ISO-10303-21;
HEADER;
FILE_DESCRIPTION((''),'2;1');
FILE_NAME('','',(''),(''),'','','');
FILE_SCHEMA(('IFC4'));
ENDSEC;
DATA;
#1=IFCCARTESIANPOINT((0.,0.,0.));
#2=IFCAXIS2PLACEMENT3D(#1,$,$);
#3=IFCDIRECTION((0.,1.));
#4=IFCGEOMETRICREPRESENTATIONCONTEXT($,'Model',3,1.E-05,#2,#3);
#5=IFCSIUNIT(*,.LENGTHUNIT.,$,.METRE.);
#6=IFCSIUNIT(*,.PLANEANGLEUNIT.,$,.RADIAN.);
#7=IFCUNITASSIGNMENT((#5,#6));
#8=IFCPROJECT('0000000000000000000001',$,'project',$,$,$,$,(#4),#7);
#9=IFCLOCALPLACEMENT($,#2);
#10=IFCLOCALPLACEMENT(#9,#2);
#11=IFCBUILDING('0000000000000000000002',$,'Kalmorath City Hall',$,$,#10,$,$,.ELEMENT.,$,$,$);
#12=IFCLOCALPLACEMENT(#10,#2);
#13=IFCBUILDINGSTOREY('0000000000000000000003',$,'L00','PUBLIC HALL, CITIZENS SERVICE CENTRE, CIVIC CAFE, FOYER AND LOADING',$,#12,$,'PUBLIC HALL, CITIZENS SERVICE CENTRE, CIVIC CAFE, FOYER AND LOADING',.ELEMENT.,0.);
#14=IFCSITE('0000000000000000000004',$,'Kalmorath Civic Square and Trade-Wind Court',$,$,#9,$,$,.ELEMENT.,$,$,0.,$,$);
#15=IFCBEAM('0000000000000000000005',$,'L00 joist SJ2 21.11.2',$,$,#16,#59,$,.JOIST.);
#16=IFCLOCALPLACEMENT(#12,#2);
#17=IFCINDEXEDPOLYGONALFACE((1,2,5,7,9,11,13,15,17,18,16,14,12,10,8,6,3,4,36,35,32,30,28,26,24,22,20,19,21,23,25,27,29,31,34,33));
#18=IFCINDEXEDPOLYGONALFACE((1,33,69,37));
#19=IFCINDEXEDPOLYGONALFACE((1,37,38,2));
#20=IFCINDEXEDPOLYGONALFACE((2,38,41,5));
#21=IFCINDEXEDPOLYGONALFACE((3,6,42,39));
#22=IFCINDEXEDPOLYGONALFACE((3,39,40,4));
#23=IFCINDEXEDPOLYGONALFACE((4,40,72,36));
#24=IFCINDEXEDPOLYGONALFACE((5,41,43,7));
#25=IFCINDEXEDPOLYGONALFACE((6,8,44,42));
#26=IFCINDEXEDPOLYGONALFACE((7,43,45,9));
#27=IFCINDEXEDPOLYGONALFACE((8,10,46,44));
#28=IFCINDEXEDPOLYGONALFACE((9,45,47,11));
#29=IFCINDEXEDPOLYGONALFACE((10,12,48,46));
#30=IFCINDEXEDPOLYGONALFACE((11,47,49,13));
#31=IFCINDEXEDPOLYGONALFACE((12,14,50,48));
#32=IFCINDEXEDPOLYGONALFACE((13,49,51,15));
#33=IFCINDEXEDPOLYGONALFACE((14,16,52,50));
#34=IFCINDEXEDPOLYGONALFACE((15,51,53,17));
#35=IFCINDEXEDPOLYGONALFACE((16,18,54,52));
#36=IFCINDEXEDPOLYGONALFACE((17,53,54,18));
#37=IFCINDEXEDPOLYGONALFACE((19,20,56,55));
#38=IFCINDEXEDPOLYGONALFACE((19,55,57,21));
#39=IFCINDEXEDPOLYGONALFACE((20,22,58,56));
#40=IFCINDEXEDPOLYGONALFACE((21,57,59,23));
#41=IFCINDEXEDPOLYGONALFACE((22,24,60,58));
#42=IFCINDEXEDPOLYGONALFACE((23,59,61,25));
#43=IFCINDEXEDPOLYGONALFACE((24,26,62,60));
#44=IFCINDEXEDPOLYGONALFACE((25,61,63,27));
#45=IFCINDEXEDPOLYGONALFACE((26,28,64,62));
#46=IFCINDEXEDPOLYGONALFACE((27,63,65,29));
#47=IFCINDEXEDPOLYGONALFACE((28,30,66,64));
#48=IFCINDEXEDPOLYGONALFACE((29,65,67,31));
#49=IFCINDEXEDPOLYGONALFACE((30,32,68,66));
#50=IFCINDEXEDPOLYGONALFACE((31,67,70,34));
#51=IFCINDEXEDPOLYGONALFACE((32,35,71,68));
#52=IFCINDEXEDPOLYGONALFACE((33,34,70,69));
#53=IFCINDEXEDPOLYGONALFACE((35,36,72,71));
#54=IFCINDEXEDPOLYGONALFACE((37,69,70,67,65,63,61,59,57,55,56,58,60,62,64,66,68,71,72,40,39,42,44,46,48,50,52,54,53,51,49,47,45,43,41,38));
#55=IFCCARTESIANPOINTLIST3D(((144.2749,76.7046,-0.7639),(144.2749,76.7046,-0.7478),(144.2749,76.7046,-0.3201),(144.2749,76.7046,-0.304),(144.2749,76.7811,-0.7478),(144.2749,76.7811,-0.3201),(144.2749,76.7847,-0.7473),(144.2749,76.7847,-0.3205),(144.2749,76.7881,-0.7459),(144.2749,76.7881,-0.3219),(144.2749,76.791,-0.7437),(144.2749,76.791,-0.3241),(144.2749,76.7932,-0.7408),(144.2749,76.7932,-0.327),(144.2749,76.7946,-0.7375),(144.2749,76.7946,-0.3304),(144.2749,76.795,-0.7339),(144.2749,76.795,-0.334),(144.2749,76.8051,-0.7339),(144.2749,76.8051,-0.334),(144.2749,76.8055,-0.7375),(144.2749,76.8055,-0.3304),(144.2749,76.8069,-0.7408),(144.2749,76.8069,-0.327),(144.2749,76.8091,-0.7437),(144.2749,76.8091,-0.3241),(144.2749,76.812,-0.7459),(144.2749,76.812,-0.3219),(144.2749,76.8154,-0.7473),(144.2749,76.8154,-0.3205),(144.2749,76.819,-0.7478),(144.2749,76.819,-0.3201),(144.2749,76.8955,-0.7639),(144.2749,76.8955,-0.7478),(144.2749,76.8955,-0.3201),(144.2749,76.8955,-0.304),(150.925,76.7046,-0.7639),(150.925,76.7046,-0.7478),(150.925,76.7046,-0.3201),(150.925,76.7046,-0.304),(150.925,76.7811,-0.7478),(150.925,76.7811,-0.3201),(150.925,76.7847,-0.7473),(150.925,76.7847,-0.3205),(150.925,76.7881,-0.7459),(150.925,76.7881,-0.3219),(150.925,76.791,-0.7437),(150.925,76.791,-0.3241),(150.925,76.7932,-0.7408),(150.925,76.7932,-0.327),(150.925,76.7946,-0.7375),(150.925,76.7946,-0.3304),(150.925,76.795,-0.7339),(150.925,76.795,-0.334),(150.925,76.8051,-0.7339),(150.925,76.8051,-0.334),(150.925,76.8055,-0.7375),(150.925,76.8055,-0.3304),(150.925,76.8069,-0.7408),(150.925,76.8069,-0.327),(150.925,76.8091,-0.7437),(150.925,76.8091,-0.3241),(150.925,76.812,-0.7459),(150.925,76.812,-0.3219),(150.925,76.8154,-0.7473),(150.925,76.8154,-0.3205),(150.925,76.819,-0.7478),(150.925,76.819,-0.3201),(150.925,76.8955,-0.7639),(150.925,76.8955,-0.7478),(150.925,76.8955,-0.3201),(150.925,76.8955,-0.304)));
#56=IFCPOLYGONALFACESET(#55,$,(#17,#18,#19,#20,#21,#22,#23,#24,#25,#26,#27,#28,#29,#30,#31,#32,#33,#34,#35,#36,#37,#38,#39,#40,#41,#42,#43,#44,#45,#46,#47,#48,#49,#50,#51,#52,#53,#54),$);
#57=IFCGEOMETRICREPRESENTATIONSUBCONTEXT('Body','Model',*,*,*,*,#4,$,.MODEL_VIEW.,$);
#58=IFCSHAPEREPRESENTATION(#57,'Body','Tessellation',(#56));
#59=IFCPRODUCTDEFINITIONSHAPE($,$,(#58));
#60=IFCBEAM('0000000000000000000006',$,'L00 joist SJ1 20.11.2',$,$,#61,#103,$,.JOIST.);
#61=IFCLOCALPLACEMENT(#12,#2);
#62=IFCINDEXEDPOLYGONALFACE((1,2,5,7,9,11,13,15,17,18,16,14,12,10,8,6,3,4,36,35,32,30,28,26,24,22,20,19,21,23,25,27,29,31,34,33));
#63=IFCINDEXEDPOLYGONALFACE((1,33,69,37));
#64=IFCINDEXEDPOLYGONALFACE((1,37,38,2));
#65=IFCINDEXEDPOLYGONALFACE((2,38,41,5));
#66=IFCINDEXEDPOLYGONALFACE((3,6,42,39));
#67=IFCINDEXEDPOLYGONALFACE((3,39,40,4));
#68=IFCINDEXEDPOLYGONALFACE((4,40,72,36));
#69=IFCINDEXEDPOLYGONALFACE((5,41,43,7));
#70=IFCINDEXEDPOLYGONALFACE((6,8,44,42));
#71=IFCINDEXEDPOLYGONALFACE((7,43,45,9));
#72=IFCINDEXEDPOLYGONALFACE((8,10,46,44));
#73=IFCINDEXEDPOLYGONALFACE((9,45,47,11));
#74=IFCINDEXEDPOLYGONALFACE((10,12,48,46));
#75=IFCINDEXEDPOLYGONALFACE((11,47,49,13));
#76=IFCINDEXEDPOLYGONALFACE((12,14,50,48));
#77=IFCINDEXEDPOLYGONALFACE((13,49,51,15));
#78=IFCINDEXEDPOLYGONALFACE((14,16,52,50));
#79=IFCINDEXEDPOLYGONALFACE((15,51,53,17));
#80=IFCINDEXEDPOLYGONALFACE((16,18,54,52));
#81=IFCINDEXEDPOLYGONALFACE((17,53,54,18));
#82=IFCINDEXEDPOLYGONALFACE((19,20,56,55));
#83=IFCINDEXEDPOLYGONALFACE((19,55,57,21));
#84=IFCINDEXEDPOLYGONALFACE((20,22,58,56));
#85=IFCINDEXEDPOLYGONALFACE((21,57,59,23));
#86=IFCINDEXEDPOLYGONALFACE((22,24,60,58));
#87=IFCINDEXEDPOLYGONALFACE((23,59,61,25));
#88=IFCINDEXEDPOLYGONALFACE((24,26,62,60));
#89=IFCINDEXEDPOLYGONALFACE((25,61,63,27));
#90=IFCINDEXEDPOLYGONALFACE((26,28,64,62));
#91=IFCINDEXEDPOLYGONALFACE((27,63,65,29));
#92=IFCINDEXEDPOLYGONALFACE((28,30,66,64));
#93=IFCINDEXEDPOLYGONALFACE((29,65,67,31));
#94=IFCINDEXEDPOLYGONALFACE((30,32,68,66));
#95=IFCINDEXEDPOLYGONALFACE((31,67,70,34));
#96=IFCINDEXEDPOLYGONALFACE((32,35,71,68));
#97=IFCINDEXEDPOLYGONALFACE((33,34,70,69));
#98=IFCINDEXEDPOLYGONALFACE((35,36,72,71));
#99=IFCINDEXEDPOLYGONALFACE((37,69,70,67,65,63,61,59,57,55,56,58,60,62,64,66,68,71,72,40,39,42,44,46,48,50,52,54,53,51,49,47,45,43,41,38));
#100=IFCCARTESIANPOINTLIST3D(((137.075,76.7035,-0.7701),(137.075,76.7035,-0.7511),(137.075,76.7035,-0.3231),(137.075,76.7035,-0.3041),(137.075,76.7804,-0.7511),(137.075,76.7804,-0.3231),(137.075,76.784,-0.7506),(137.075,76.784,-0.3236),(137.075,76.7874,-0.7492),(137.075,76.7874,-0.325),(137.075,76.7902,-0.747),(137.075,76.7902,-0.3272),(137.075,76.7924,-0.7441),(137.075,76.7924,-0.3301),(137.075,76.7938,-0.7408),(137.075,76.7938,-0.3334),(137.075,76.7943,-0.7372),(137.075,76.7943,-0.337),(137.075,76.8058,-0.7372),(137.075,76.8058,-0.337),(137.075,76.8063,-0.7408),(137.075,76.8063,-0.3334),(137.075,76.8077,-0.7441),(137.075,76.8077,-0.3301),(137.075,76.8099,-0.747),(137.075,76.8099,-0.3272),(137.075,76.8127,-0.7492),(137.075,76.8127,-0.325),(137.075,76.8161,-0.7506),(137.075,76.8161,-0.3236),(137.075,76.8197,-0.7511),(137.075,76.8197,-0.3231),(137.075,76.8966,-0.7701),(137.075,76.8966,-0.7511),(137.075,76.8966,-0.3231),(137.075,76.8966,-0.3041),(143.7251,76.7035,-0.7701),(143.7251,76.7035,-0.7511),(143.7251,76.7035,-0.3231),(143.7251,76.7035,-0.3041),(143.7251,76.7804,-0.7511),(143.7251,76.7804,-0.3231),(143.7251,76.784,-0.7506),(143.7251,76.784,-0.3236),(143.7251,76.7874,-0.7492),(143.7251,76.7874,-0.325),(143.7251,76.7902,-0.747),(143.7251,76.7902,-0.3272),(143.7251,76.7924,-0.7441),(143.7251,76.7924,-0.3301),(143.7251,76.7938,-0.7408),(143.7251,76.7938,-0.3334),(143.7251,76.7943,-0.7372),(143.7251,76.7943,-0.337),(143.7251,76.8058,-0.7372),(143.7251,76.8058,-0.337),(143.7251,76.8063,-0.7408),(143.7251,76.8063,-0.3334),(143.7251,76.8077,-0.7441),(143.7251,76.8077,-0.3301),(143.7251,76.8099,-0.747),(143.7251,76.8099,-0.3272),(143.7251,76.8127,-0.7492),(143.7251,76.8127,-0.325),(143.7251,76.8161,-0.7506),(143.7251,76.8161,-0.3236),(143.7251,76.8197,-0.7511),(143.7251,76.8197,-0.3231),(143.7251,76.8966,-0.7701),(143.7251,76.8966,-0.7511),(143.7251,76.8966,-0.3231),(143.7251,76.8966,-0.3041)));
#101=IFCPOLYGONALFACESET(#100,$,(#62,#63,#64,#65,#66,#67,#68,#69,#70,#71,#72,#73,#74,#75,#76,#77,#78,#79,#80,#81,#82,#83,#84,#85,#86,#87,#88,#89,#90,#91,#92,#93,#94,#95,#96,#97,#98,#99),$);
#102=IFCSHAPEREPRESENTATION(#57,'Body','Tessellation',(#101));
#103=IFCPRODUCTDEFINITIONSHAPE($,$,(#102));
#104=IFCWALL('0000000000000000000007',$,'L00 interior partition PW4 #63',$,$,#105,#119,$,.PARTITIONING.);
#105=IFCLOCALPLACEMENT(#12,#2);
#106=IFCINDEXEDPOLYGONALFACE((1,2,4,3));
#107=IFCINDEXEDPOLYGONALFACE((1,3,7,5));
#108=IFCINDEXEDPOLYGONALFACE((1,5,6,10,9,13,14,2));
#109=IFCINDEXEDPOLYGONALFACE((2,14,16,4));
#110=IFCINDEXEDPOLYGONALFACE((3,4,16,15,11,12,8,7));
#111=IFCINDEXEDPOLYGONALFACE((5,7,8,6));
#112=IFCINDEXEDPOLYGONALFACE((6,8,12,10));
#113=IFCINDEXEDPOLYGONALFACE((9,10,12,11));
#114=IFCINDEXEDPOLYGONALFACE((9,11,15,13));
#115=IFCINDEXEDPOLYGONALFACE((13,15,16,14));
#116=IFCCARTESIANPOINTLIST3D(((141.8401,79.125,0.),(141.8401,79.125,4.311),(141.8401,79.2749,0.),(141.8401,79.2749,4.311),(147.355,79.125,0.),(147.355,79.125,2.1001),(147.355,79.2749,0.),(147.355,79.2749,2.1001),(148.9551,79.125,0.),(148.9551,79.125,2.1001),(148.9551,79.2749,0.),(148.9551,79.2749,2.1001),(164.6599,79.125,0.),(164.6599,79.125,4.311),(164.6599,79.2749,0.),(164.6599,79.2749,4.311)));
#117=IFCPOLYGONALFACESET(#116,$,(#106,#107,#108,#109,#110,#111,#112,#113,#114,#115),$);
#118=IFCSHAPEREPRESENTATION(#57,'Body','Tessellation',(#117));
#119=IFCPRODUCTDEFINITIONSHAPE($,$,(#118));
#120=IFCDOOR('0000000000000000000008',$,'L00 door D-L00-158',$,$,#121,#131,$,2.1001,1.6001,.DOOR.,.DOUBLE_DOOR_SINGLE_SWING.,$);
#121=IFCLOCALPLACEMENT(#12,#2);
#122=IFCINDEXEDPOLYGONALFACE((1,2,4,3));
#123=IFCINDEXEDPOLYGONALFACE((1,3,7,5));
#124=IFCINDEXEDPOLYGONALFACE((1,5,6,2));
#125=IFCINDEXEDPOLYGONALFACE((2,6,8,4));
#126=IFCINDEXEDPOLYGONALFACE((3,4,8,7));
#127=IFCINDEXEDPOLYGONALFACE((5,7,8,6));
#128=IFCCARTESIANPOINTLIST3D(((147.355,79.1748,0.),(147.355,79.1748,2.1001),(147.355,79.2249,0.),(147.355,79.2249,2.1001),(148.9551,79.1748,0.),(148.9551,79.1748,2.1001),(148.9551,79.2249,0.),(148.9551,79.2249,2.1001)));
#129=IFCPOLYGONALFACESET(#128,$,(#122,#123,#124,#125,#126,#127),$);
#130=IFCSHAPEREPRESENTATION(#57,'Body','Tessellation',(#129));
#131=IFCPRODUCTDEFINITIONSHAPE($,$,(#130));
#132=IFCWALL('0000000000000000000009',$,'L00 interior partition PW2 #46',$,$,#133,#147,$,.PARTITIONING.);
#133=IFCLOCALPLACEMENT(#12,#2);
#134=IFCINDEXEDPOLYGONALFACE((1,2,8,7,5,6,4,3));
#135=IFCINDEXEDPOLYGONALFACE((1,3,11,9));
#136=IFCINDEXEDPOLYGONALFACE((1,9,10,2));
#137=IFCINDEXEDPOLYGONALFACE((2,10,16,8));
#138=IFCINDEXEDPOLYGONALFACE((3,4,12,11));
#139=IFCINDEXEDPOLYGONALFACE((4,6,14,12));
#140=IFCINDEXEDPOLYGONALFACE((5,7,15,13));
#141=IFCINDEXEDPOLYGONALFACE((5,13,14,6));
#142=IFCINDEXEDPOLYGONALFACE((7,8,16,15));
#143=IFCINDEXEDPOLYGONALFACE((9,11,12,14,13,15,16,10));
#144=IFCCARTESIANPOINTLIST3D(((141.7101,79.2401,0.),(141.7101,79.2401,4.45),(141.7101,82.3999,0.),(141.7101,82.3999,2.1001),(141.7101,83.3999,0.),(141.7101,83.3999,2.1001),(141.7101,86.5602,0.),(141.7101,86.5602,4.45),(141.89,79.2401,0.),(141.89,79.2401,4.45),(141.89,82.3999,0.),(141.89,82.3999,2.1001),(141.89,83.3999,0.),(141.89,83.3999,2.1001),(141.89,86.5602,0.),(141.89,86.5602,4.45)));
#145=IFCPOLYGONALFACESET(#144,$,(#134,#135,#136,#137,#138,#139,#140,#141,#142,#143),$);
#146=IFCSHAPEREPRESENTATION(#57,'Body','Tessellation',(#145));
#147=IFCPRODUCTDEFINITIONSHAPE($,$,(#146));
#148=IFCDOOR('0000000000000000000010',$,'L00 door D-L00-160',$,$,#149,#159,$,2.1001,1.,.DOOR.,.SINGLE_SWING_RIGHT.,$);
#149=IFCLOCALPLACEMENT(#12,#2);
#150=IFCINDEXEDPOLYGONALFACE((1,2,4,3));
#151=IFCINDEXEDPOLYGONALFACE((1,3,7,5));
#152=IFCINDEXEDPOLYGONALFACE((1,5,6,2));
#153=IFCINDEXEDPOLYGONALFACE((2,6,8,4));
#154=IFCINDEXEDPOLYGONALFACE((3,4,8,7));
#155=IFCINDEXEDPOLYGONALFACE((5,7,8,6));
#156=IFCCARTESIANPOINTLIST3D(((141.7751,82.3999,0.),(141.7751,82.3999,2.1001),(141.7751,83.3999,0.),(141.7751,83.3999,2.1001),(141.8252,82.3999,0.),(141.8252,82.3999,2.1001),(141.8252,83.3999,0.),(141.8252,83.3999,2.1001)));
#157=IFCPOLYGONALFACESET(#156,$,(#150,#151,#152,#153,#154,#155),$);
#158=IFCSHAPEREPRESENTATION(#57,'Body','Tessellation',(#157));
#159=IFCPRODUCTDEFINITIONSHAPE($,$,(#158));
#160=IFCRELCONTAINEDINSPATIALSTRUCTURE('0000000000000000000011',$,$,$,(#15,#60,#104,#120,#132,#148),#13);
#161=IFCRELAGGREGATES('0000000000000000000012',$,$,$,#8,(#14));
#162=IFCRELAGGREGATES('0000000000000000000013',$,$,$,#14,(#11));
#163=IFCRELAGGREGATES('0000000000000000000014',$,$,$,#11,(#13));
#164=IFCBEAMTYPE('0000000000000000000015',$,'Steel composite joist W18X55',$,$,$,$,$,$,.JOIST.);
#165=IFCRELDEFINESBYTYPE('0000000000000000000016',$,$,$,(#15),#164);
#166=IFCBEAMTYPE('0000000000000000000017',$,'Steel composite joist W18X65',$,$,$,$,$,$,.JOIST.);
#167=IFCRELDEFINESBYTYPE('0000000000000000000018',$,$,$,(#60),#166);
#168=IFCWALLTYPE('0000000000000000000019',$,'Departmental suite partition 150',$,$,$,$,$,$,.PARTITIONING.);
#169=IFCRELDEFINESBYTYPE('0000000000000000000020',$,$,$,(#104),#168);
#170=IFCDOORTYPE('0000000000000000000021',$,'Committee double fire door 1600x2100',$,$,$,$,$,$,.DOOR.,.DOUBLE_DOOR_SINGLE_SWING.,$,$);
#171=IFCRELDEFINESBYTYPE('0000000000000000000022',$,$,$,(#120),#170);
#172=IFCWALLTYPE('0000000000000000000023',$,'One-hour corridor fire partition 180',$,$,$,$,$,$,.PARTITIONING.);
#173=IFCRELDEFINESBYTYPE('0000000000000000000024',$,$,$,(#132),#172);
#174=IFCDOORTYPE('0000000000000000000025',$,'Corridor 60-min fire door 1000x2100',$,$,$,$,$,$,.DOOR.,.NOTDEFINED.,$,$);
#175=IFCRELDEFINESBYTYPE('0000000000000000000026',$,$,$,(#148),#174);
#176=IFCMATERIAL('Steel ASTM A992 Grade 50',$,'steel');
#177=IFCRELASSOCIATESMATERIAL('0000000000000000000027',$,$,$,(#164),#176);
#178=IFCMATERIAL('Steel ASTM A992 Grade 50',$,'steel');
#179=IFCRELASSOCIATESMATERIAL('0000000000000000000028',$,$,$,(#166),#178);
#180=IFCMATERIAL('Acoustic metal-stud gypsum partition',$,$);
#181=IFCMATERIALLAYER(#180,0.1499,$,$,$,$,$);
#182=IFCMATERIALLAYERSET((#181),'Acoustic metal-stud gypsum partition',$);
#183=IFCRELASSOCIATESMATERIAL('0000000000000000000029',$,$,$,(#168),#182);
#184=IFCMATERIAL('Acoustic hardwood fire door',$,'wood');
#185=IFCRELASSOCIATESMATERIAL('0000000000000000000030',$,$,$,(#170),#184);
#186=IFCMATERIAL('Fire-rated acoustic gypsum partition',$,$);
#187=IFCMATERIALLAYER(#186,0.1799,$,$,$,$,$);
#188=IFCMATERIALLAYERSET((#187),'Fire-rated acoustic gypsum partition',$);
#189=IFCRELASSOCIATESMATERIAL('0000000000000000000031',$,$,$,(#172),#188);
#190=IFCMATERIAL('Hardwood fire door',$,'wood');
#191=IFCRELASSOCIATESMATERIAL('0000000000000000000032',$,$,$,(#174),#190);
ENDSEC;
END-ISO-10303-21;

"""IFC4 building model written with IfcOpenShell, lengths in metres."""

from ifc_helpers import new_model, si_unit, direction, frame, frame_2d, origin, origin_2d, place, context, subcontext, project, spatial, rectangle, i_section, extrude, material, layer, layer_set, material_profile, profile_set, type_object, element, fill, save


model = new_model("IFC4")

# Units and contexts
model_context = context("Model", 3, precision=1e-05, world=origin(), true_north=direction((0.0, 1.0)))
body_context = subcontext(model_context, "Body", "Model", "MODEL_VIEW")
ifc_project = project(units=[si_unit("LENGTHUNIT", "METRE"), si_unit("PLANEANGLEUNIT", "RADIAN")], contexts=[model_context])

# Site, building, storey
site_placement = place(None, origin())
site = spatial("IfcSite", under=ifc_project, at=site_placement, Name="Kalmorath Civic Square and Trade-Wind Court", CompositionType="ELEMENT", RefElevation=0.0)
building_placement = place(site_placement, origin())
building = spatial("IfcBuilding", under=site, at=building_placement, Name="Kalmorath City Hall", CompositionType="ELEMENT")
storey_placement = place(building_placement, origin())
storey = spatial("IfcBuildingStorey", under=building, at=storey_placement, Name="L00", Description="PUBLIC HALL, CITIZENS SERVICE CENTRE, CIVIC CAFE, FOYER AND LOADING", LongName="PUBLIC HALL, CITIZENS SERVICE CENTRE, CIVIC CAFE, FOYER AND LOADING", CompositionType="ELEMENT", Elevation=0.0)

# Beams
ifc_material_1 = material(Name="Steel ASTM A992 Grade 50", Category="steel")
ifc_material_profile_1 = material_profile(ifc_material_1, i_section(OverallWidth=0.1909, OverallDepth=0.46, WebThickness=0.01, FlangeThickness=0.0161, FilletRadius=0.0139, at=origin_2d()), Name="W18X55")
ifc_profile_set_1 = profile_set([ifc_material_profile_1], Name="Steel ASTM A992 Grade 50")
beam_type_1 = type_object("IfcBeamType", Name="Steel composite joist W18X55", PredefinedType="JOIST", material=ifc_profile_set_1)
for number, where, z_axis, x_axis, name in (
    (1, (144.2749, 76.8, -0.5339), (1.0, 0.0, 0.0), (0.0, 1.0, 0.0), "L00 joist SJ2 21.11.2"),
):
    element("IfcBeam", number, at=place(storey_placement, frame(where, z_axis=z_axis, x_axis=x_axis)), inside=storey, type_object=beam_type_1, Name=name, PredefinedType="JOIST", context=body_context, shape_type="SweptSolid", body=[
        extrude(i_section(OverallWidth=0.1909, OverallDepth=0.46, WebThickness=0.01, FlangeThickness=0.0161, FilletRadius=0.0139, at=origin_2d()), origin(), (0.0, 0.0, 1.0), 6.6501),
    ])
ifc_material_2 = material(Name="Steel ASTM A992 Grade 50", Category="steel")
ifc_material_profile_2 = material_profile(ifc_material_2, i_section(OverallWidth=0.1931, OverallDepth=0.4661, WebThickness=0.0115, FlangeThickness=0.019, FilletRadius=0.0139, at=origin_2d()), Name="W18X65")
ifc_profile_set_2 = profile_set([ifc_material_profile_2], Name="Steel ASTM A992 Grade 50")
beam_type_2 = type_object("IfcBeamType", Name="Steel composite joist W18X65", PredefinedType="JOIST", material=ifc_profile_set_2)
beam_1_placement = place(storey_placement, frame((137.075, 76.8, -0.5371), z_axis=(1.0, 0.0, 0.0), x_axis=(0.0, 1.0, 0.0)))
element("IfcBeam", 2, at=beam_1_placement, inside=storey, type_object=beam_type_2, Name="L00 joist SJ1 20.11.2", PredefinedType="JOIST", context=body_context, shape_type="SweptSolid", body=[
    extrude(i_section(OverallWidth=0.1931, OverallDepth=0.4661, WebThickness=0.0115, FlangeThickness=0.019, FilletRadius=0.0139, at=origin_2d()), origin(), (0.0, 0.0, 1.0), 6.6501),
])

# Walls, openings, doors
ifc_material_3 = material(Name="Acoustic metal-stud gypsum partition")
ifc_layer_1 = layer(ifc_material_3, 0.1499)
ifc_layer_set_1 = layer_set([ifc_layer_1], Name="Acoustic metal-stud gypsum partition")
wall_type_1 = type_object("IfcWallType", Name="Departmental suite partition 150", PredefinedType="PARTITIONING", material=ifc_layer_set_1)
wall_1_placement = place(storey_placement, frame((141.8401, 79.2, 0.0), z_axis=(0.0, 0.0, 1.0), x_axis=(1.0, 0.0, 0.0)))
wall_1 = element("IfcWall", 3, at=wall_1_placement, inside=storey, type_object=wall_type_1, Name="L00 interior partition PW4 #63", PredefinedType="PARTITIONING", context=body_context, shape_type="SweptSolid", body=[
    extrude(rectangle(XDim=22.8198, YDim=0.1499, at=frame_2d((11.4099, 0.0))), origin(), (0.0, 0.0, 1.0), 4.311),
])
opening_1_placement = place(wall_1_placement, frame((5.5149, 0.0, 0.0)))
opening_1 = element("IfcOpeningElement", 4, at=opening_1_placement, cuts=wall_1, PredefinedType="OPENING", context=body_context, shape_type="SweptSolid", body=[
    extrude(rectangle(XDim=1.6001, YDim=2.1001, at=frame_2d((0.8, 1.05))), frame((0.0, 0.085, 0.0), z_axis=(0.0, -1.0, 0.0), x_axis=(1.0, 0.0, 0.0)), (0.0, 0.0, 1.0), 0.1699),
])
ifc_material_4 = material(Name="Acoustic hardwood fire door", Category="wood")
door_type_1 = type_object("IfcDoorType", Name="Committee double fire door 1600x2100", OperationType="DOUBLE_DOOR_SINGLE_SWING", PredefinedType="DOOR", material=ifc_material_4)
door_1_placement = place(opening_1_placement, origin())
door_1 = element("IfcDoor", 5, at=door_1_placement, inside=storey, type_object=door_type_1, Name="L00 door D-L00-158", OperationType="DOUBLE_DOOR_SINGLE_SWING", OverallHeight=2.1001, OverallWidth=1.6001, PredefinedType="DOOR", context=body_context, shape_type="SweptSolid", body=[
    extrude(rectangle(XDim=1.6001, YDim=2.1001, at=frame_2d((0.8, 1.05))), frame((0.0, 0.0249, 0.0), z_axis=(0.0, -1.0, 0.0), x_axis=(1.0, 0.0, 0.0)), (0.0, 0.0, 1.0), 0.05),
])
fill(opening_1, door_1)
ifc_material_5 = material(Name="Fire-rated acoustic gypsum partition")
ifc_layer_2 = layer(ifc_material_5, 0.1799)
ifc_layer_set_2 = layer_set([ifc_layer_2], Name="Fire-rated acoustic gypsum partition")
wall_type_2 = type_object("IfcWallType", Name="One-hour corridor fire partition 180", PredefinedType="PARTITIONING", material=ifc_layer_set_2)
wall_2_placement = place(storey_placement, frame((141.8, 79.24, 0.0), z_axis=(0.0, 0.0, 1.0), x_axis=(0.0, 1.0, 0.0)))
wall_2 = element("IfcWall", 6, at=wall_2_placement, inside=storey, type_object=wall_type_2, Name="L00 interior partition PW2 #46", PredefinedType="PARTITIONING", context=body_context, shape_type="SweptSolid", body=[
    extrude(rectangle(XDim=7.3201, YDim=0.1799, at=frame_2d((3.6602, 0.0))), origin(), (0.0, 0.0, 1.0), 4.45),
])
opening_2_placement = place(wall_2_placement, frame((3.1599, 0.0, 0.0)))
opening_2 = element("IfcOpeningElement", 7, at=opening_2_placement, cuts=wall_2, PredefinedType="OPENING", context=body_context, shape_type="SweptSolid", body=[
    extrude(rectangle(XDim=1.0, YDim=2.1001, at=frame_2d((0.5, 1.05))), frame((0.0, 0.0999, 0.0), z_axis=(0.0, -1.0, 0.0), x_axis=(1.0, 0.0, 0.0)), (0.0, 0.0, 1.0), 0.2),
])
ifc_material_6 = material(Name="Hardwood fire door", Category="wood")
door_type_2 = type_object("IfcDoorType", Name="Corridor 60-min fire door 1000x2100", OperationType="NOTDEFINED", PredefinedType="DOOR", material=ifc_material_6)
door_2_placement = place(opening_2_placement, origin())
door_2 = element("IfcDoor", 8, at=door_2_placement, inside=storey, type_object=door_type_2, Name="L00 door D-L00-160", OperationType="SINGLE_SWING_RIGHT", OverallHeight=2.1001, OverallWidth=1.0, PredefinedType="DOOR", context=body_context, shape_type="SweptSolid", body=[
    extrude(rectangle(XDim=1.0, YDim=2.1001, at=frame_2d((0.5, 1.05))), frame((0.0, 0.0249, 0.0), z_axis=(0.0, -1.0, 0.0), x_axis=(1.0, 0.0, 0.0)), (0.0, 0.0, 1.0), 0.05),
])
fill(opening_2, door_2)

save(model, "model.ifc")
